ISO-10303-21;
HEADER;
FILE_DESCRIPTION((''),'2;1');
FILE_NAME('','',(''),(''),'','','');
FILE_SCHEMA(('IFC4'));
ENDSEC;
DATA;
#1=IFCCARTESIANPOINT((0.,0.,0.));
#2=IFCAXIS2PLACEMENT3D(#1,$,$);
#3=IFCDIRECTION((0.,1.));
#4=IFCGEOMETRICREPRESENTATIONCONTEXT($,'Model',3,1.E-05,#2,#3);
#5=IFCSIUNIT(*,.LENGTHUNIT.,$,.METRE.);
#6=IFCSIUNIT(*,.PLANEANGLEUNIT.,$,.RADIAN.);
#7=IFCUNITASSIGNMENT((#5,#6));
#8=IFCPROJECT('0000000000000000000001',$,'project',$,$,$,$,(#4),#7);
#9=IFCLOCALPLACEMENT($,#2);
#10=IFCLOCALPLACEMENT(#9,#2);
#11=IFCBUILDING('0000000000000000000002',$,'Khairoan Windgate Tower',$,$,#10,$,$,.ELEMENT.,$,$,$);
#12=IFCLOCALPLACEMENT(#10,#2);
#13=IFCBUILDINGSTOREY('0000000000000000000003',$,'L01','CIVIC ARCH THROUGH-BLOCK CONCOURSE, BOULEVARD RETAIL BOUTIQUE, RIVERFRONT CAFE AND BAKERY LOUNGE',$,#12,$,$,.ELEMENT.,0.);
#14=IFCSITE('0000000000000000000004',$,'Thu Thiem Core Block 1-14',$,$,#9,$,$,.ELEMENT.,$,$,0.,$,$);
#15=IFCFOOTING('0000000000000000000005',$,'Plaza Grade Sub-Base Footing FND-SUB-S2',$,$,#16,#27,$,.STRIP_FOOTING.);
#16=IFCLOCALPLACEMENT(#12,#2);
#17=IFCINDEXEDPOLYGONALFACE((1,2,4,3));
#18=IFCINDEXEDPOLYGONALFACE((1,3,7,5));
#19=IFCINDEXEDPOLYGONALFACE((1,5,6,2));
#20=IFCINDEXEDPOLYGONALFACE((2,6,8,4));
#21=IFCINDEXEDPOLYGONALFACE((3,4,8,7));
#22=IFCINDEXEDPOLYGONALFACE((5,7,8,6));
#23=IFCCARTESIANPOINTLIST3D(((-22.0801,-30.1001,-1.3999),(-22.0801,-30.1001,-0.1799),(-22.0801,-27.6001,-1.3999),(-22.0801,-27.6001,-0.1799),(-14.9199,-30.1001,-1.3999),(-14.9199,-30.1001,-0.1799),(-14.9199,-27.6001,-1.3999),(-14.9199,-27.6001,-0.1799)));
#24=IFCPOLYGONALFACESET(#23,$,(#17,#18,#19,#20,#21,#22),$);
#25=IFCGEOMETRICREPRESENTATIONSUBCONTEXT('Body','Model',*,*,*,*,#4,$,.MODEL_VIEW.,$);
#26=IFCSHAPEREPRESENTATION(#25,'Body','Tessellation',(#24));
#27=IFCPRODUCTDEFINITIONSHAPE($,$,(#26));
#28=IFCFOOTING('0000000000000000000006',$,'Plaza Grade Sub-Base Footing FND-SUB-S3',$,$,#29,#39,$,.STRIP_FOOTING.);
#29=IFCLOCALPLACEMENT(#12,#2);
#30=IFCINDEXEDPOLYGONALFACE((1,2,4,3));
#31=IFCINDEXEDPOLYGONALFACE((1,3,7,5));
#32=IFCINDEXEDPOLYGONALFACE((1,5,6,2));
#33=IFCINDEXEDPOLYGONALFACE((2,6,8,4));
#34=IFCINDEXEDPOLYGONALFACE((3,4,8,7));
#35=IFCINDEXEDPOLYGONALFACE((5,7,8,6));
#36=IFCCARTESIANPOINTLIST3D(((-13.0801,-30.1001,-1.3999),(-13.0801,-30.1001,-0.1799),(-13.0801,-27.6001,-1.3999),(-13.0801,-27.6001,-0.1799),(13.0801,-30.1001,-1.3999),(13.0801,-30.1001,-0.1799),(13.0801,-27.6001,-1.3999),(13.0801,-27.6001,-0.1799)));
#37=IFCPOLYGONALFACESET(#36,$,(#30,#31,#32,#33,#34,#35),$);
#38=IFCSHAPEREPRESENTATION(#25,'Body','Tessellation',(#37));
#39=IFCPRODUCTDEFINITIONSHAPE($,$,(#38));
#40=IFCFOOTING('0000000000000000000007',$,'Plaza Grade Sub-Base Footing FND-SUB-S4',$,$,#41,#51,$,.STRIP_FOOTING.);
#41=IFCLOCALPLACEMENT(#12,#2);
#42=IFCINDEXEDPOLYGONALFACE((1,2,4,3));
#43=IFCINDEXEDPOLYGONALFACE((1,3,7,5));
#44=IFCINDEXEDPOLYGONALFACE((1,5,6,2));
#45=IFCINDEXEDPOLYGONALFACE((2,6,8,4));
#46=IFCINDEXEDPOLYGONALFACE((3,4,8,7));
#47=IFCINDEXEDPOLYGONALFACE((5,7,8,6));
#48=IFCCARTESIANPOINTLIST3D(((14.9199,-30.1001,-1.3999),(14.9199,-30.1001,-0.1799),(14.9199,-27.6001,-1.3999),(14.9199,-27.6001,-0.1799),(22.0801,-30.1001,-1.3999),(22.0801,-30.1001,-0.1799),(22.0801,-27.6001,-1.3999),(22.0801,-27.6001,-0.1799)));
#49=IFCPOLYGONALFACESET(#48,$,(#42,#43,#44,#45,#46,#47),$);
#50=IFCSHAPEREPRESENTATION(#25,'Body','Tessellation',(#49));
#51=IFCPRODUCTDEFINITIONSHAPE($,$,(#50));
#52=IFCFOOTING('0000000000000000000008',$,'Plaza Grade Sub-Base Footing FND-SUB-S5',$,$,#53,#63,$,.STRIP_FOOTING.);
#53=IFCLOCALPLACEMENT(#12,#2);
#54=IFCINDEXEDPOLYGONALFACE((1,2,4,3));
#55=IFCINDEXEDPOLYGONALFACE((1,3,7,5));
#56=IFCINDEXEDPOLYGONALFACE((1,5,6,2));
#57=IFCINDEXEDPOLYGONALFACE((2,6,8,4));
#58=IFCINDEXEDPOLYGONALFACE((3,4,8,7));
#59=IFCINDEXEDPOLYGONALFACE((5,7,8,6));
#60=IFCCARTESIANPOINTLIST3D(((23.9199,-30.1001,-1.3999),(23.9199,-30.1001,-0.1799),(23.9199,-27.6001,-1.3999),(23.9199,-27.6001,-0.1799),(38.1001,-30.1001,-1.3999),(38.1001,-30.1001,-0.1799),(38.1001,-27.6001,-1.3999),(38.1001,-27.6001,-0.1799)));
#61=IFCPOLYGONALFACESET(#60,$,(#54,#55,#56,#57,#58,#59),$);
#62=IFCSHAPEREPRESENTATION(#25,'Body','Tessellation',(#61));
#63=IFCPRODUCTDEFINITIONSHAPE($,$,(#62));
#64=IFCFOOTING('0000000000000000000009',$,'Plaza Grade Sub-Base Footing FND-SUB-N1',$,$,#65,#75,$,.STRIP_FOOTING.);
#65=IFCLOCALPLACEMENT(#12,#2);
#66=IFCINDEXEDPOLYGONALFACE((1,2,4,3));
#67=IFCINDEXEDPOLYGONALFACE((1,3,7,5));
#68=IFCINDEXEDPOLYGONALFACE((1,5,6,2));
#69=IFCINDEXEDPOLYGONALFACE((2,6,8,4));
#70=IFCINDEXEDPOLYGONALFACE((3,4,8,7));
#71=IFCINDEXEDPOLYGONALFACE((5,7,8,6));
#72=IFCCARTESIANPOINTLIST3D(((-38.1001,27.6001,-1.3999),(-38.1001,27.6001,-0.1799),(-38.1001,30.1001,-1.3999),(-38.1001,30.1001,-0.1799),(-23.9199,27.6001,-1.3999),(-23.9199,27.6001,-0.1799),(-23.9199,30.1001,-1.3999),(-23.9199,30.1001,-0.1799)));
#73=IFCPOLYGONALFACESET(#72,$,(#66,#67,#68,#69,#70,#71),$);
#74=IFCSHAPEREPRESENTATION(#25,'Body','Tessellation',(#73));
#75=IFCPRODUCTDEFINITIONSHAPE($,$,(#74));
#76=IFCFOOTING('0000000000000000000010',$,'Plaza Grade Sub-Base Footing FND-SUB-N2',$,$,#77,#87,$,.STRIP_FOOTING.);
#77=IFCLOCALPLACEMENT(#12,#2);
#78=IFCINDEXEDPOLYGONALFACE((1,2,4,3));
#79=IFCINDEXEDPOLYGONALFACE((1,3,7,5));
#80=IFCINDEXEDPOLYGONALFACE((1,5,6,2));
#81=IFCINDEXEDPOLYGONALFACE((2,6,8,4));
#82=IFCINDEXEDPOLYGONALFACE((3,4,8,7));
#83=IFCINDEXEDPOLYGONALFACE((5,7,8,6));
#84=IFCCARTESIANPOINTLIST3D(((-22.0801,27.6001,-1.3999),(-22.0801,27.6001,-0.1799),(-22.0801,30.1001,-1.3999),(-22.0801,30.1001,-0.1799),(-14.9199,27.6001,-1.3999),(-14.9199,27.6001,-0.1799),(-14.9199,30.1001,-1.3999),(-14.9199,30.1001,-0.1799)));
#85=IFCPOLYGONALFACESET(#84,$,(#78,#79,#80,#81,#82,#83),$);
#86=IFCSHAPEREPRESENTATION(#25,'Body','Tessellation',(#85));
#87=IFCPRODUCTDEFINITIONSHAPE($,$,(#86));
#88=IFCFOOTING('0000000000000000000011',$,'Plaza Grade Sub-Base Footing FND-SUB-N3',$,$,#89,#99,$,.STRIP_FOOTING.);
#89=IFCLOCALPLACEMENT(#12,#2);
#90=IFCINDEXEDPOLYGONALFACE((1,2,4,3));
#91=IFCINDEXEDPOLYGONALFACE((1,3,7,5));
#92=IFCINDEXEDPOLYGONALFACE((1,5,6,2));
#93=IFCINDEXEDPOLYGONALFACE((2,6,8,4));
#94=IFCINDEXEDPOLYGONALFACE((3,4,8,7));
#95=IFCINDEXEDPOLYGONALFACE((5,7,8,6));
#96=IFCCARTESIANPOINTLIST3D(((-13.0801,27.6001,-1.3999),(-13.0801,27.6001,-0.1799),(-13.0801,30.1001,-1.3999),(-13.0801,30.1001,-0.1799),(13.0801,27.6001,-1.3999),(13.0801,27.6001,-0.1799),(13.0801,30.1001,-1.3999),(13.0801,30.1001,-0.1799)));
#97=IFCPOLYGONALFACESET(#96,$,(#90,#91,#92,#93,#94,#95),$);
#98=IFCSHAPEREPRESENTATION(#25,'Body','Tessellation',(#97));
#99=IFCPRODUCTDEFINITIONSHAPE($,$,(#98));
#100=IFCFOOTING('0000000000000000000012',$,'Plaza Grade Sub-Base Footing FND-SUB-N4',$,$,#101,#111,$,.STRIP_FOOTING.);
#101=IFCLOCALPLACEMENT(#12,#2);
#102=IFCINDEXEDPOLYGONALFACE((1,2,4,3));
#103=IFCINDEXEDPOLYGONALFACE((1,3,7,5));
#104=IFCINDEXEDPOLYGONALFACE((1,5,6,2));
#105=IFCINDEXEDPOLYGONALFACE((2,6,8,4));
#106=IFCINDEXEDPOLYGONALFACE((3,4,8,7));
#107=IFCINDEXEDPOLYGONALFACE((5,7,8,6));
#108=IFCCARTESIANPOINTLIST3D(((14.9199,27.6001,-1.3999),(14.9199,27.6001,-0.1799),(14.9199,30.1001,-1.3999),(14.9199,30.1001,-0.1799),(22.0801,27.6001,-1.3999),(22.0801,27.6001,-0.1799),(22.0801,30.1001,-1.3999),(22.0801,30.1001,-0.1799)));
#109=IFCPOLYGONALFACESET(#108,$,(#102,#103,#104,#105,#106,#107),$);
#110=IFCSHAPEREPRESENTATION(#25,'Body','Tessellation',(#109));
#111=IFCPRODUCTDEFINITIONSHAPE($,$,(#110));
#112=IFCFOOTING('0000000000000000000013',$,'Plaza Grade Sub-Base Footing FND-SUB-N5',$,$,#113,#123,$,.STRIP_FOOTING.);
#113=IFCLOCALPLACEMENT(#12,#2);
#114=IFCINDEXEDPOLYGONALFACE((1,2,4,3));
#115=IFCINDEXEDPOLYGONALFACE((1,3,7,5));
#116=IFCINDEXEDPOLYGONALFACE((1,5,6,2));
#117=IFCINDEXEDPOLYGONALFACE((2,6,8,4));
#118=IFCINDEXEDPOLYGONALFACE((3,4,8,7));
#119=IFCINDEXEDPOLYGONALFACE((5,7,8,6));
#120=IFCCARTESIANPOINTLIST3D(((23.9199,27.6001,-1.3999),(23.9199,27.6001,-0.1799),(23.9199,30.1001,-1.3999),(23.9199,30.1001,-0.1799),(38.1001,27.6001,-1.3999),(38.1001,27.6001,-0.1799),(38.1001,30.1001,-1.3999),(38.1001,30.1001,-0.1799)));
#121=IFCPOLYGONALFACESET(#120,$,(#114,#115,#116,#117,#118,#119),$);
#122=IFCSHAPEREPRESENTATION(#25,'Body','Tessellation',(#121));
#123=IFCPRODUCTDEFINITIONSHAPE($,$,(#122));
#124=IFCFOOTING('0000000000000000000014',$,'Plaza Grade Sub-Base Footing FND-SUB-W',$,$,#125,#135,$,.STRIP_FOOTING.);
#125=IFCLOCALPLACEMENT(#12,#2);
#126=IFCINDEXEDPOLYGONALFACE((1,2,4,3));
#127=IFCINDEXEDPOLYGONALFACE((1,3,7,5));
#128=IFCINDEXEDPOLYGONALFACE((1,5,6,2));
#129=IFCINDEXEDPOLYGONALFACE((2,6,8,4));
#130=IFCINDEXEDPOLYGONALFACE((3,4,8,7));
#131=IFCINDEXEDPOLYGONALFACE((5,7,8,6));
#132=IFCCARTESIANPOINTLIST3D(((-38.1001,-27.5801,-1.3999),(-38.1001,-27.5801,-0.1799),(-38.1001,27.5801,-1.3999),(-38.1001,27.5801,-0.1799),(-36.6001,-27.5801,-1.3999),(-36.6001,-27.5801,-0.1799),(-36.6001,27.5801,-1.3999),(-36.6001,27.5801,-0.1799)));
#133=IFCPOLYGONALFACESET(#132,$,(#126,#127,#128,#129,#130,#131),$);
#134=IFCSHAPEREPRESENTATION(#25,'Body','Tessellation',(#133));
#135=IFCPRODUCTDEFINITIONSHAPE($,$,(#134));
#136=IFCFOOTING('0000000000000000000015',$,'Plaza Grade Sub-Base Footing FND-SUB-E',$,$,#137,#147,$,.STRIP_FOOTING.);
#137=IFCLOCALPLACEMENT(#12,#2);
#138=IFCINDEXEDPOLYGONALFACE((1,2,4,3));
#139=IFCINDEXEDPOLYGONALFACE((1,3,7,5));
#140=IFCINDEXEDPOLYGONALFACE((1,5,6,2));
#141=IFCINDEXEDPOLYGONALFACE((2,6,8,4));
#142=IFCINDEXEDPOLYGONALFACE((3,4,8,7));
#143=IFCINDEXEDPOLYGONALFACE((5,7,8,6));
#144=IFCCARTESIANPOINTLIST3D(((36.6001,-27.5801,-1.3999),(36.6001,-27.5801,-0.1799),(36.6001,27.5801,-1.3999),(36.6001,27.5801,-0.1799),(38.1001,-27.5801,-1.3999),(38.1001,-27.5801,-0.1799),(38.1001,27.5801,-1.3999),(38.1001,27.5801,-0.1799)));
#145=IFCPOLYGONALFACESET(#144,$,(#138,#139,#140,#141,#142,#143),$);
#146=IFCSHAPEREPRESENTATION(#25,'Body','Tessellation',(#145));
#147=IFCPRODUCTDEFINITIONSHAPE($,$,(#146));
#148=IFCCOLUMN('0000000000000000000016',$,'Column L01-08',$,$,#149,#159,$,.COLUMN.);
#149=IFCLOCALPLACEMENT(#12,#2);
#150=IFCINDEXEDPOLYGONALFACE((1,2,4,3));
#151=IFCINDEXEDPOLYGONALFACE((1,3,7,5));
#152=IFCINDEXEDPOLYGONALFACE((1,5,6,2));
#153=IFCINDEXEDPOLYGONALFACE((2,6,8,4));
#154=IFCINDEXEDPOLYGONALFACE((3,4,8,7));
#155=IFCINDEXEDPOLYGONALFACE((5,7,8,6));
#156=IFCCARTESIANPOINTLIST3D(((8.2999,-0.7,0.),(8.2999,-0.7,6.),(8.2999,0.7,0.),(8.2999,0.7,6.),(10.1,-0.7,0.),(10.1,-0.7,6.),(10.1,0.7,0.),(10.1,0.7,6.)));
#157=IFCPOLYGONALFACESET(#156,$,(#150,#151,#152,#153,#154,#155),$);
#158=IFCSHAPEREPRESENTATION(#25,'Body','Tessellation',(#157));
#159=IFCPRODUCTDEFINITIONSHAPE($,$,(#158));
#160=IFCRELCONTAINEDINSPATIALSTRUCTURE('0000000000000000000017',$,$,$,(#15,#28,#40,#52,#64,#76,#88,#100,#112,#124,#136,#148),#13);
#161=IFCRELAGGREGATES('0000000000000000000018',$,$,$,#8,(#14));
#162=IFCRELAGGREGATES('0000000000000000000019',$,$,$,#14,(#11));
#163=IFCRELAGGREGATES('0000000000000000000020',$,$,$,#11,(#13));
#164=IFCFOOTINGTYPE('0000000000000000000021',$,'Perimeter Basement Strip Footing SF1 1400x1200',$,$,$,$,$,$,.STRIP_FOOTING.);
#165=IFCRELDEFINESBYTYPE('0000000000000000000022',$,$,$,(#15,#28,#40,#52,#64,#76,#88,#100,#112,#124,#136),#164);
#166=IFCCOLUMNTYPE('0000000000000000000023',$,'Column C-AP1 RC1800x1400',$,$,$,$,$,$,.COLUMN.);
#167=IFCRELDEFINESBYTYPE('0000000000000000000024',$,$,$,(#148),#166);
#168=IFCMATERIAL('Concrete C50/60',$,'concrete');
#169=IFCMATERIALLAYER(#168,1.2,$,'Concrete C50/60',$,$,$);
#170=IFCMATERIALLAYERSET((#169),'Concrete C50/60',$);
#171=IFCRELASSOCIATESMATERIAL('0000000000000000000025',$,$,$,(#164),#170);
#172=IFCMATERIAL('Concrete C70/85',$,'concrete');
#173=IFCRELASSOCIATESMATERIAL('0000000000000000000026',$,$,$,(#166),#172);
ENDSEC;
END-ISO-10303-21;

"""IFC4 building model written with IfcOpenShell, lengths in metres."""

from ifc_helpers import new_model, si_unit, direction, frame, origin, origin_2d, place, context, subcontext, project, spatial, polyline, rectangle, outline, extrude, material, layer, layer_set, material_profile, profile_set, type_object, element, save


model = new_model("IFC4")

# Units and contexts
model_context = context("Model", 3, precision=1e-05, world=origin(), true_north=direction((0.0, 1.0)))
body_context = subcontext(model_context, "Body", "Model", "MODEL_VIEW")
ifc_project = project(units=[si_unit("LENGTHUNIT", "METRE"), si_unit("PLANEANGLEUNIT", "RADIAN")], contexts=[model_context])

# Site, building, storey
site_placement = place(None, origin())
site = spatial("IfcSite", under=ifc_project, at=site_placement, Name="Thu Thiem Core Block 1-14", CompositionType="ELEMENT", RefElevation=0.0)
building_placement = place(site_placement, origin())
building = spatial("IfcBuilding", under=site, at=building_placement, Name="Khairoan Windgate Tower", CompositionType="ELEMENT")
storey_placement = place(building_placement, origin())
storey = spatial("IfcBuildingStorey", under=building, at=storey_placement, Name="L01", Description="CIVIC ARCH THROUGH-BLOCK CONCOURSE, BOULEVARD RETAIL BOUTIQUE, RIVERFRONT CAFE AND BAKERY LOUNGE", CompositionType="ELEMENT", Elevation=0.0)

# Footings
ifc_material_1 = material(Name="Concrete C50/60", Category="concrete")
ifc_layer_1 = layer(ifc_material_1, 1.2, Name="Concrete C50/60")
ifc_layer_set_1 = layer_set([ifc_layer_1], Name="Concrete C50/60")
footing_type = type_object("IfcFootingType", Name="Perimeter Basement Strip Footing SF1 1400x1200", PredefinedType="STRIP_FOOTING", material=ifc_layer_set_1)
footing_1_placement = place(storey_placement, frame((0.0, 0.0, -1.3999)))
element("IfcFooting", 1, at=footing_1_placement, inside=storey, type_object=footing_type, Name="Plaza Grade Sub-Base Footing FND-SUB-S2", PredefinedType="STRIP_FOOTING", context=body_context, shape_type="SweptSolid", body=[
    extrude(outline(polyline([(-22.0801, -30.1001), (-14.9199, -30.1001), (-14.9199, -27.6001), (-22.0801, -27.6001), (-22.0801, -30.1001)])), origin(), (0.0, 0.0, 1.0), 1.22),
])
footing_2_placement = place(storey_placement, frame((0.0, 0.0, -1.3999)))
element("IfcFooting", 2, at=footing_2_placement, inside=storey, type_object=footing_type, Name="Plaza Grade Sub-Base Footing FND-SUB-S3", PredefinedType="STRIP_FOOTING", context=body_context, shape_type="SweptSolid", body=[
    extrude(outline(polyline([(-13.0801, -30.1001), (13.0801, -30.1001), (13.0801, -27.6001), (-13.0801, -27.6001), (-13.0801, -30.1001)])), origin(), (0.0, 0.0, 1.0), 1.22),
])
footing_3_placement = place(storey_placement, frame((0.0, 0.0, -1.3999)))
element("IfcFooting", 3, at=footing_3_placement, inside=storey, type_object=footing_type, Name="Plaza Grade Sub-Base Footing FND-SUB-S4", PredefinedType="STRIP_FOOTING", context=body_context, shape_type="SweptSolid", body=[
    extrude(outline(polyline([(14.9199, -30.1001), (22.0801, -30.1001), (22.0801, -27.6001), (14.9199, -27.6001), (14.9199, -30.1001)])), origin(), (0.0, 0.0, 1.0), 1.22),
])
footing_4_placement = place(storey_placement, frame((0.0, 0.0, -1.3999)))
element("IfcFooting", 4, at=footing_4_placement, inside=storey, type_object=footing_type, Name="Plaza Grade Sub-Base Footing FND-SUB-S5", PredefinedType="STRIP_FOOTING", context=body_context, shape_type="SweptSolid", body=[
    extrude(outline(polyline([(23.9199, -30.1001), (38.1001, -30.1001), (38.1001, -27.6001), (23.9199, -27.6001), (23.9199, -30.1001)])), origin(), (0.0, 0.0, 1.0), 1.22),
])
footing_5_placement = place(storey_placement, frame((0.0, 0.0, -1.3999)))
element("IfcFooting", 5, at=footing_5_placement, inside=storey, type_object=footing_type, Name="Plaza Grade Sub-Base Footing FND-SUB-N1", PredefinedType="STRIP_FOOTING", context=body_context, shape_type="SweptSolid", body=[
    extrude(outline(polyline([(-38.1001, 27.6001), (-23.9199, 27.6001), (-23.9199, 30.1001), (-38.1001, 30.1001), (-38.1001, 27.6001)])), origin(), (0.0, 0.0, 1.0), 1.22),
])
footing_6_placement = place(storey_placement, frame((0.0, 0.0, -1.3999)))
element("IfcFooting", 6, at=footing_6_placement, inside=storey, type_object=footing_type, Name="Plaza Grade Sub-Base Footing FND-SUB-N2", PredefinedType="STRIP_FOOTING", context=body_context, shape_type="SweptSolid", body=[
    extrude(outline(polyline([(-22.0801, 27.6001), (-14.9199, 27.6001), (-14.9199, 30.1001), (-22.0801, 30.1001), (-22.0801, 27.6001)])), origin(), (0.0, 0.0, 1.0), 1.22),
])
footing_7_placement = place(storey_placement, frame((0.0, 0.0, -1.3999)))
element("IfcFooting", 7, at=footing_7_placement, inside=storey, type_object=footing_type, Name="Plaza Grade Sub-Base Footing FND-SUB-N3", PredefinedType="STRIP_FOOTING", context=body_context, shape_type="SweptSolid", body=[
    extrude(outline(polyline([(-13.0801, 27.6001), (13.0801, 27.6001), (13.0801, 30.1001), (-13.0801, 30.1001), (-13.0801, 27.6001)])), origin(), (0.0, 0.0, 1.0), 1.22),
])
footing_8_placement = place(storey_placement, frame((0.0, 0.0, -1.3999)))
element("IfcFooting", 8, at=footing_8_placement, inside=storey, type_object=footing_type, Name="Plaza Grade Sub-Base Footing FND-SUB-N4", PredefinedType="STRIP_FOOTING", context=body_context, shape_type="SweptSolid", body=[
    extrude(outline(polyline([(14.9199, 27.6001), (22.0801, 27.6001), (22.0801, 30.1001), (14.9199, 30.1001), (14.9199, 27.6001)])), origin(), (0.0, 0.0, 1.0), 1.22),
])
footing_9_placement = place(storey_placement, frame((0.0, 0.0, -1.3999)))
element("IfcFooting", 9, at=footing_9_placement, inside=storey, type_object=footing_type, Name="Plaza Grade Sub-Base Footing FND-SUB-N5", PredefinedType="STRIP_FOOTING", context=body_context, shape_type="SweptSolid", body=[
    extrude(outline(polyline([(23.9199, 27.6001), (38.1001, 27.6001), (38.1001, 30.1001), (23.9199, 30.1001), (23.9199, 27.6001)])), origin(), (0.0, 0.0, 1.0), 1.22),
])
footing_10_placement = place(storey_placement, frame((0.0, 0.0, -1.3999)))
element("IfcFooting", 10, at=footing_10_placement, inside=storey, type_object=footing_type, Name="Plaza Grade Sub-Base Footing FND-SUB-W", PredefinedType="STRIP_FOOTING", context=body_context, shape_type="SweptSolid", body=[
    extrude(outline(polyline([(-38.1001, -27.5801), (-36.6001, -27.5801), (-36.6001, 27.5801), (-38.1001, 27.5801), (-38.1001, -27.5801)])), origin(), (0.0, 0.0, 1.0), 1.22),
])
footing_11_placement = place(storey_placement, frame((0.0, 0.0, -1.3999)))
element("IfcFooting", 11, at=footing_11_placement, inside=storey, type_object=footing_type, Name="Plaza Grade Sub-Base Footing FND-SUB-E", PredefinedType="STRIP_FOOTING", context=body_context, shape_type="SweptSolid", body=[
    extrude(outline(polyline([(36.6001, -27.5801), (38.1001, -27.5801), (38.1001, 27.5801), (36.6001, 27.5801), (36.6001, -27.5801)])), origin(), (0.0, 0.0, 1.0), 1.22),
])

# Column
ifc_material_2 = material(Name="Concrete C70/85", Category="concrete")
ifc_material_profile_1 = material_profile(ifc_material_2, rectangle(XDim=1.8, YDim=1.3999, at=origin_2d()))
ifc_profile_set_1 = profile_set([ifc_material_profile_1], Name="Concrete C70/85")
column_type = type_object("IfcColumnType", Name="Column C-AP1 RC1800x1400", PredefinedType="COLUMN", material=ifc_profile_set_1)
column_placement = place(storey_placement, frame((9.2, 0.0, 0.0), z_axis=(0.0, 0.0, 1.0), x_axis=(1.0, 0.0, 0.0)))
element("IfcColumn", 12, at=column_placement, inside=storey, type_object=column_type, Name="Column L01-08", PredefinedType="COLUMN", context=body_context, shape_type="SweptSolid", body=[
    extrude(rectangle(XDim=1.8, YDim=1.3999, at=origin_2d()), origin(), (0.0, 0.0, 1.0), 6.0),
])

save(model, "model.ifc")
